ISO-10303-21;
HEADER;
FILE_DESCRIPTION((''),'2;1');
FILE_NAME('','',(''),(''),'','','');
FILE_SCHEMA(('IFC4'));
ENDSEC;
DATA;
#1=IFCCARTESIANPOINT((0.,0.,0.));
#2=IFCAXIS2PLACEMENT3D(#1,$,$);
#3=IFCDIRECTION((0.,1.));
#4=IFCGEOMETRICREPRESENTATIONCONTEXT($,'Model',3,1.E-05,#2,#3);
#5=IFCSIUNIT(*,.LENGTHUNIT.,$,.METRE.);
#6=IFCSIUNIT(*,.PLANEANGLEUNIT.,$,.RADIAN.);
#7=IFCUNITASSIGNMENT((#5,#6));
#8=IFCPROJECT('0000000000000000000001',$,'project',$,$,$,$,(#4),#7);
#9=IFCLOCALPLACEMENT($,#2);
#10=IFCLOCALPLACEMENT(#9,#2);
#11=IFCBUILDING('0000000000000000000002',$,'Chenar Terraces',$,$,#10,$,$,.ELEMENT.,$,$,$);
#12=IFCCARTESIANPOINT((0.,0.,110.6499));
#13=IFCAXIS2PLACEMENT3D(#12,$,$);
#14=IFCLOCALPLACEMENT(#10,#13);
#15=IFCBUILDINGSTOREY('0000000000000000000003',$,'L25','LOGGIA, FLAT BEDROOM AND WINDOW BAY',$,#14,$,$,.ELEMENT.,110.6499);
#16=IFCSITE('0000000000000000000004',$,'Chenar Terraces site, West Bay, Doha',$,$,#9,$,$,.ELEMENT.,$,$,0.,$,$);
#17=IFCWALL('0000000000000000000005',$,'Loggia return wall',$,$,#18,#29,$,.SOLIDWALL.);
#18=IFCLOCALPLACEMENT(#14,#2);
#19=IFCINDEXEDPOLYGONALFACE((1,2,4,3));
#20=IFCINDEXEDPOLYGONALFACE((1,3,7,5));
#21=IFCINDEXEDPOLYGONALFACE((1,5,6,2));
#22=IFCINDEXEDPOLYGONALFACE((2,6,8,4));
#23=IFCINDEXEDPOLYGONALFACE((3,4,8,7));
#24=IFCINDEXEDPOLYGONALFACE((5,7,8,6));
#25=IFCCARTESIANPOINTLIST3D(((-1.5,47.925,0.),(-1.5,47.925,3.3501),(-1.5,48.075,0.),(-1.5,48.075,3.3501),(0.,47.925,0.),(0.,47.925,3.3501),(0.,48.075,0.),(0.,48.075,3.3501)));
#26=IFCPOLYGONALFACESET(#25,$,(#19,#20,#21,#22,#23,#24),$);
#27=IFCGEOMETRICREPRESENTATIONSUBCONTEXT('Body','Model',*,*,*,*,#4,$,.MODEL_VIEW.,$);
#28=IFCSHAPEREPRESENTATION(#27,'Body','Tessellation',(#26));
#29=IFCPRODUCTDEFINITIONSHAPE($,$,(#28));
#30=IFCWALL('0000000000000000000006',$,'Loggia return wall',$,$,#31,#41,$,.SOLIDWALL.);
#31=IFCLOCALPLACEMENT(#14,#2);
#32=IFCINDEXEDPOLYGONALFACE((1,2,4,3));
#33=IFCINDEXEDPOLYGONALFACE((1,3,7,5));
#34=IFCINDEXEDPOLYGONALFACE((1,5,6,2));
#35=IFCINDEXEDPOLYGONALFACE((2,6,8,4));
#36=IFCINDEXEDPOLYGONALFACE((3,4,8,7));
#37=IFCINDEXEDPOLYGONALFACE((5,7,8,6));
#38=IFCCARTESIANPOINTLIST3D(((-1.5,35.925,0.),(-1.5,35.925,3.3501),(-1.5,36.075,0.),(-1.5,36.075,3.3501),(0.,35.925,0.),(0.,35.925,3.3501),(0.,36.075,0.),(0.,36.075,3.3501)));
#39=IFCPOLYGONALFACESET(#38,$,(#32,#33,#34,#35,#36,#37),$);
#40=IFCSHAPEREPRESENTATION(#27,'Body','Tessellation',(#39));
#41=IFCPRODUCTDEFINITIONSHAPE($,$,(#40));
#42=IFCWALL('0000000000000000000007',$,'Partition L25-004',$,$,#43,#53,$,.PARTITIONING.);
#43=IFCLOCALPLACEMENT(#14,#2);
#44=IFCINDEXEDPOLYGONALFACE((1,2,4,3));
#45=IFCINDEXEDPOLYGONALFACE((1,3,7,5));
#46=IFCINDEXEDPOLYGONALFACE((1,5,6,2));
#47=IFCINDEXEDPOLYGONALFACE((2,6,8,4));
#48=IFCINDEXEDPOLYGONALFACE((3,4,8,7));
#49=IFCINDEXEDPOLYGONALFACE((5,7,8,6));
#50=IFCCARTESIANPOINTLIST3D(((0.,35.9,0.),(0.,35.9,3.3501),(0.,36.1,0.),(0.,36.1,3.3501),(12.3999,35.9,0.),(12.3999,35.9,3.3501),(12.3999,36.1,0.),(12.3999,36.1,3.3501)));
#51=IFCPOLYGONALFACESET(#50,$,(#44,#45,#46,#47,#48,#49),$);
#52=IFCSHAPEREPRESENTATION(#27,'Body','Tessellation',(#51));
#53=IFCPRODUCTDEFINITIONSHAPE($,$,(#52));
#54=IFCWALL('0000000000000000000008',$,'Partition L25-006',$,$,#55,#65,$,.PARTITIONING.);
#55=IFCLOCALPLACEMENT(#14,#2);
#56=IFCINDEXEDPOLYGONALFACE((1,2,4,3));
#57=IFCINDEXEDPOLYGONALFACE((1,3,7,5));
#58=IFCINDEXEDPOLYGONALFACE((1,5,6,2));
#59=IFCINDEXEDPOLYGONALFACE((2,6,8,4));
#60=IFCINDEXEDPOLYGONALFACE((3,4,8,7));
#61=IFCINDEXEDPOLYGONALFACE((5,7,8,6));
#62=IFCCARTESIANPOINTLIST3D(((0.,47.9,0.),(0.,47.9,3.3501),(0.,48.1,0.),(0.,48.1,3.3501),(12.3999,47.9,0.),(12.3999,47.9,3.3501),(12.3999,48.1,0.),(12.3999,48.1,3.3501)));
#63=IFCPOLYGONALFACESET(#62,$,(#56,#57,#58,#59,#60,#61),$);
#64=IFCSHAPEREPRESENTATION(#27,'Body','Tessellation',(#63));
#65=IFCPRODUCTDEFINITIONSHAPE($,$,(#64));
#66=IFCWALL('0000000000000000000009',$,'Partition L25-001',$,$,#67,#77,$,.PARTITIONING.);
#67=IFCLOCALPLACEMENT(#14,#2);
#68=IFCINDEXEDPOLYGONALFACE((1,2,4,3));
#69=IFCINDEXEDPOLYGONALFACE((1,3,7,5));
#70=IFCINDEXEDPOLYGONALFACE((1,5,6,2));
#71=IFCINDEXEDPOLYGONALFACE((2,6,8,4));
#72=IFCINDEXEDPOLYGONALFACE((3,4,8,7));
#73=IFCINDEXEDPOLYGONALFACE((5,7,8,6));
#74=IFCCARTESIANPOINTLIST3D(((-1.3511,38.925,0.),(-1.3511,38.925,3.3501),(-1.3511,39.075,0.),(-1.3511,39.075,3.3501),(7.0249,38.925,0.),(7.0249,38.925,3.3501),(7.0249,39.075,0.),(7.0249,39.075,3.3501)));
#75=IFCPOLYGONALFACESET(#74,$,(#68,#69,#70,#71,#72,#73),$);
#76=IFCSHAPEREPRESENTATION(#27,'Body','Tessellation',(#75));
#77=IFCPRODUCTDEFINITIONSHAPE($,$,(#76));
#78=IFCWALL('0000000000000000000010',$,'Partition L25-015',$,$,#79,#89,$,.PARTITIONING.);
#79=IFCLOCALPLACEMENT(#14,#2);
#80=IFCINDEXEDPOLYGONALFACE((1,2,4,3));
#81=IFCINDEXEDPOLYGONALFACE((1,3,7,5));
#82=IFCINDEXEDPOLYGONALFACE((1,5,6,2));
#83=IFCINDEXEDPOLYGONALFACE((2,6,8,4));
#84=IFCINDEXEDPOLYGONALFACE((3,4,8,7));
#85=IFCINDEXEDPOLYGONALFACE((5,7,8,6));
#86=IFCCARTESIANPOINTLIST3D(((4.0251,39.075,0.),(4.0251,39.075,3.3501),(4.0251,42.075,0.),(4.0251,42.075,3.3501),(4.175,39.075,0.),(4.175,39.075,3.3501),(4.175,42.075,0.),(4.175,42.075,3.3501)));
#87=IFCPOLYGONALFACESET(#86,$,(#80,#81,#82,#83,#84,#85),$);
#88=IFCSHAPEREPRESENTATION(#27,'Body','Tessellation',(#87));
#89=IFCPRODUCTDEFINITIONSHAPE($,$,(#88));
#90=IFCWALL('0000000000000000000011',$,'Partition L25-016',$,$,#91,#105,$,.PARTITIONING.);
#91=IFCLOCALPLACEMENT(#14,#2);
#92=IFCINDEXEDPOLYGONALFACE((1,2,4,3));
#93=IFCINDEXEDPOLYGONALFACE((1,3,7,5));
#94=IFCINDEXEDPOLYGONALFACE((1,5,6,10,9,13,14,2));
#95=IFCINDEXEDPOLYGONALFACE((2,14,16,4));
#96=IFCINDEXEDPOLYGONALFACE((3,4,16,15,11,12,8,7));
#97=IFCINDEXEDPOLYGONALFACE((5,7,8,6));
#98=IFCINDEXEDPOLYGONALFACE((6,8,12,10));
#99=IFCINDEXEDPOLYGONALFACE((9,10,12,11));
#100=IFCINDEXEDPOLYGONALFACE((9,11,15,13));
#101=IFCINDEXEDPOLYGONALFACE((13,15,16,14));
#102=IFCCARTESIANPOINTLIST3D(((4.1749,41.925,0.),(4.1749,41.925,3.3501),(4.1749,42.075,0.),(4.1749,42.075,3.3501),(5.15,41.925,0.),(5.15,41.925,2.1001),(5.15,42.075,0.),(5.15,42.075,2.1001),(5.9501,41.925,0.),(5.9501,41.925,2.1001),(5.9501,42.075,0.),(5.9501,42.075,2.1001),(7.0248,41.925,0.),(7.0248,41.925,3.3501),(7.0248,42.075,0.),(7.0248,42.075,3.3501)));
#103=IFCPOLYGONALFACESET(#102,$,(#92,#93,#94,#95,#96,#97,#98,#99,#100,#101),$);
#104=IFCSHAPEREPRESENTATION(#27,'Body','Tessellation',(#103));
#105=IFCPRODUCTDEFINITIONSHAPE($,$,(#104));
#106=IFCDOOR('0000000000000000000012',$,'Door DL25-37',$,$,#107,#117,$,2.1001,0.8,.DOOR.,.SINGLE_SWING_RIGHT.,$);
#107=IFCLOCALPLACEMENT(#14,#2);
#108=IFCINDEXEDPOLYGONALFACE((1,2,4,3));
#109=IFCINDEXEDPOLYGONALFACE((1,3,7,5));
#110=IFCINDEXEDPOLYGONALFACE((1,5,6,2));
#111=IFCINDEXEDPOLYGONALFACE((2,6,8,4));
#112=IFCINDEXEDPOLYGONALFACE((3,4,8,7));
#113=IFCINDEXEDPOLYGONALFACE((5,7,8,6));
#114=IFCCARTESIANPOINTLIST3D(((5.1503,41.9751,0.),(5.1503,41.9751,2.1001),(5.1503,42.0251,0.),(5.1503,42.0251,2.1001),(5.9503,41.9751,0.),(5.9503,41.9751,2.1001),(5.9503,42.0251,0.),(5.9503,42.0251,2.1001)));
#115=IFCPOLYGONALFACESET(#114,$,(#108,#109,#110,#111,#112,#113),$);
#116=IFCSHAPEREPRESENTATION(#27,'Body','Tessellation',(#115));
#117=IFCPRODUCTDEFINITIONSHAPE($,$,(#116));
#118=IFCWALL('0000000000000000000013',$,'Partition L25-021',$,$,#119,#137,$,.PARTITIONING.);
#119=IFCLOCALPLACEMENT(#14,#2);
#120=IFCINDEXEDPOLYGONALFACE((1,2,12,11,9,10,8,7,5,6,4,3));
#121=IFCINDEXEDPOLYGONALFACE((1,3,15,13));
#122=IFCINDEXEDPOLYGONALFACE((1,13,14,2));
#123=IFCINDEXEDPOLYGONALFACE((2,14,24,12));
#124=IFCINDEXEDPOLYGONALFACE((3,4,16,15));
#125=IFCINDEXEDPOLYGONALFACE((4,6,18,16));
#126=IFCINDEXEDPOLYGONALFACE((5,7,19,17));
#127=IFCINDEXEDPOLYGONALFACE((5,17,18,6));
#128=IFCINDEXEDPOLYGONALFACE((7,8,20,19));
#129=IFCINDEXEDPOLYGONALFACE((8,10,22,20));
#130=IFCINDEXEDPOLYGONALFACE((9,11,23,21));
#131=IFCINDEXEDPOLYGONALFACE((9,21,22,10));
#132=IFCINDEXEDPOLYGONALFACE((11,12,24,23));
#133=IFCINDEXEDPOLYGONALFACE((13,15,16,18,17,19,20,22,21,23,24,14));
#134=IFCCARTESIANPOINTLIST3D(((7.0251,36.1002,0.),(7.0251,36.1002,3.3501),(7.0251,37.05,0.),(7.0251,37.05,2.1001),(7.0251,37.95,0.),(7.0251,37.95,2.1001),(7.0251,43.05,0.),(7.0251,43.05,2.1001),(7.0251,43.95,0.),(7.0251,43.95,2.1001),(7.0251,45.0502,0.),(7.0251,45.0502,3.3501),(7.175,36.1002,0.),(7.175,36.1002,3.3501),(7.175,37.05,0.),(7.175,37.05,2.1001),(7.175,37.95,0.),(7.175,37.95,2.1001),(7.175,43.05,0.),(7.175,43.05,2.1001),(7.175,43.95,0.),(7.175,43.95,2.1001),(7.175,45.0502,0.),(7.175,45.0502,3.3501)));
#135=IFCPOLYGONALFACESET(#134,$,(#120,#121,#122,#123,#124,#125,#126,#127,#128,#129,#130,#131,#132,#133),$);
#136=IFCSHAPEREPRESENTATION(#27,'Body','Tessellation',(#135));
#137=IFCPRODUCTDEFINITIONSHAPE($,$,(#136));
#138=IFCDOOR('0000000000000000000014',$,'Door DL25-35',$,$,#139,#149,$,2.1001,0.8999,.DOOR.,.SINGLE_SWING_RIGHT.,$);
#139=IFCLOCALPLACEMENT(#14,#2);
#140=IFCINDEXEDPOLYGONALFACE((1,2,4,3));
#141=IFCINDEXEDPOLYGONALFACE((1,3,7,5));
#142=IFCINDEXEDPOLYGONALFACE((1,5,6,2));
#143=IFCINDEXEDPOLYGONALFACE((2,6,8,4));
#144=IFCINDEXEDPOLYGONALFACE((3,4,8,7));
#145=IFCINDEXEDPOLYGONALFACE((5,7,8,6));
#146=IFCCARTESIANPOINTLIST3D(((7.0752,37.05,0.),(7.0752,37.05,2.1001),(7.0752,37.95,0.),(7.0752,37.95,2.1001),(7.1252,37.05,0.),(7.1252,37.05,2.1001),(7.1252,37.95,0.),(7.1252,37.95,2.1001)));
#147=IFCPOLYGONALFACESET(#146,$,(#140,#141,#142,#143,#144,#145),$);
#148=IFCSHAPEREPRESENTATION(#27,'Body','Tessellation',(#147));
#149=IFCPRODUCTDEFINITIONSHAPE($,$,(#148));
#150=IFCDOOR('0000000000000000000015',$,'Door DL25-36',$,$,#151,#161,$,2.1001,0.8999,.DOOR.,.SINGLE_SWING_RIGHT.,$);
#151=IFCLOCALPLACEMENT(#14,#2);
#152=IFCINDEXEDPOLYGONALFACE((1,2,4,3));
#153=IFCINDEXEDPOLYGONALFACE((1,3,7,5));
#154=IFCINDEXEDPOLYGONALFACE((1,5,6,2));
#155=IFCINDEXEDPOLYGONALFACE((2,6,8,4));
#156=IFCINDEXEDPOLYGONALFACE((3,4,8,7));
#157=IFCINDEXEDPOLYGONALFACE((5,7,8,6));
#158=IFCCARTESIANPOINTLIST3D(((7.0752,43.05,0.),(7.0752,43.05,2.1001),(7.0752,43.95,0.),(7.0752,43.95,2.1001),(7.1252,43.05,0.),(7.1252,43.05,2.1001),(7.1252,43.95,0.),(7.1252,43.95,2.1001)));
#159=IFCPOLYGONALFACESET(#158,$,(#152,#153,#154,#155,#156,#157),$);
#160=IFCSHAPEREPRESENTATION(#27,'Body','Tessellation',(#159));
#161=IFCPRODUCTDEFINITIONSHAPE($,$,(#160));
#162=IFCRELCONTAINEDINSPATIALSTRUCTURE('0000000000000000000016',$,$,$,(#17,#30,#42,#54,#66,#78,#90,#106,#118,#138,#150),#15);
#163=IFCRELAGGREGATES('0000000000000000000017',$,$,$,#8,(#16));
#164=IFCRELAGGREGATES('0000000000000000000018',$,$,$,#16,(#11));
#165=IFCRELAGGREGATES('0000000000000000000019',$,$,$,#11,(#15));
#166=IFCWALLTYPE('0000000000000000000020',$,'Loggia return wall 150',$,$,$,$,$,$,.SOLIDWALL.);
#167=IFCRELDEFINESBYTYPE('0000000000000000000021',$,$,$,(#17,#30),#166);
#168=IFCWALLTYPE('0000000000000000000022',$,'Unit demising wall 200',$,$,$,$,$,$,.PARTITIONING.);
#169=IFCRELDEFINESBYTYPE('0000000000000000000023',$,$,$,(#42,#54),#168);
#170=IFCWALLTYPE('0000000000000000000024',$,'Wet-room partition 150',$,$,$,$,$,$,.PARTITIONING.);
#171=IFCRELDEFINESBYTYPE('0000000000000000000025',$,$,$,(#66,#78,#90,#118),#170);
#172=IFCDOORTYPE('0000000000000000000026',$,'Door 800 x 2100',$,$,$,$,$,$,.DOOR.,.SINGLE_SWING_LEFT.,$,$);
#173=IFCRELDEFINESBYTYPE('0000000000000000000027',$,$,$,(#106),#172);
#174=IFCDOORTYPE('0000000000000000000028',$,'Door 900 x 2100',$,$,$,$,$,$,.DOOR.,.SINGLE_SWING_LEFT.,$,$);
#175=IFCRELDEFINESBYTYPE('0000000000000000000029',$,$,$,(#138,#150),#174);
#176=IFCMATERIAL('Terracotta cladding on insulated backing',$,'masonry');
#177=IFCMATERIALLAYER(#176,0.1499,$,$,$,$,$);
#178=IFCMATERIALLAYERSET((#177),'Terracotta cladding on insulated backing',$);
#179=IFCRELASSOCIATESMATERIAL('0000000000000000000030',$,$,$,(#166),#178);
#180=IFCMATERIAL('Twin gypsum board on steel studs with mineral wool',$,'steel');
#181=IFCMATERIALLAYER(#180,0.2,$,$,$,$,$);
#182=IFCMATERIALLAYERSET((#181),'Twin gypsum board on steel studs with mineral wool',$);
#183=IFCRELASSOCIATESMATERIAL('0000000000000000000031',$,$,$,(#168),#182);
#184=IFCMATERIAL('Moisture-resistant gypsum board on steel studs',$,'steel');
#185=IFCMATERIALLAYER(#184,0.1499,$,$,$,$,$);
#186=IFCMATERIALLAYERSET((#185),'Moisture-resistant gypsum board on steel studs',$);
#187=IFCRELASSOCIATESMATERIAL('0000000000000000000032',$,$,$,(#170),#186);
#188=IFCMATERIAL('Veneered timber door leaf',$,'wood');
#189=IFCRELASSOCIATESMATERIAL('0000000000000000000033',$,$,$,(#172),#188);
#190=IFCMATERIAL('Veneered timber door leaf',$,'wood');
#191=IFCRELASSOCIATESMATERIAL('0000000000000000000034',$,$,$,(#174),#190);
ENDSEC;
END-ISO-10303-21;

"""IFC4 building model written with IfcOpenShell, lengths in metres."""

from ifc_helpers import new_model, si_unit, direction, frame, frame_2d, origin, place, context, subcontext, project, spatial, rectangle, extrude, material, layer, layer_set, type_object, element, fill, save


model = new_model("IFC4")

# Units and contexts
model_context = context("Model", 3, precision=1e-05, world=origin(), true_north=direction((0.0, 1.0)))
body_context = subcontext(model_context, "Body", "Model", "MODEL_VIEW")
ifc_project = project(units=[si_unit("LENGTHUNIT", "METRE"), si_unit("PLANEANGLEUNIT", "RADIAN")], contexts=[model_context])

# Site, building, storey
site_placement = place(None, origin())
site = spatial("IfcSite", under=ifc_project, at=site_placement, Name="Chenar Terraces site, West Bay, Doha", CompositionType="ELEMENT", RefElevation=0.0)
building_placement = place(site_placement, origin())
building = spatial("IfcBuilding", under=site, at=building_placement, Name="Chenar Terraces", CompositionType="ELEMENT")
storey_placement = place(building_placement, frame((0.0, 0.0, 110.6499)))
storey = spatial("IfcBuildingStorey", under=building, at=storey_placement, Name="L25", Description="LOGGIA, FLAT BEDROOM AND WINDOW BAY", CompositionType="ELEMENT", Elevation=110.6499)

# Shared definitions
placement_1 = place(storey_placement, frame((0.0, 36.0, 0.0), z_axis=(0.0, 0.0, 1.0), x_axis=(1.0, 0.0, 0.0)))

# Walls
ifc_material_1 = material(Name="Terracotta cladding on insulated backing", Category="masonry")
ifc_layer_1 = layer(ifc_material_1, 0.1499)
ifc_layer_set_1 = layer_set([ifc_layer_1], Name="Terracotta cladding on insulated backing")
wall_type_1 = type_object("IfcWallType", Name="Loggia return wall 150", PredefinedType="SOLIDWALL", material=ifc_layer_set_1)
for number, where, z_axis, x_axis, name in (
    (1, (-1.5, 48.0, 0.0), (0.0, 0.0, 1.0), (1.0, 0.0, 0.0), "Loggia return wall"),
    (2, (-1.5, 36.0, 0.0), (0.0, 0.0, 1.0), (1.0, 0.0, 0.0), "Loggia return wall"),
):
    element("IfcWall", number, at=place(storey_placement, frame(where, z_axis=z_axis, x_axis=x_axis)), inside=storey, type_object=wall_type_1, Name=name, PredefinedType="SOLIDWALL", context=body_context, shape_type="SweptSolid", body=[
        extrude(rectangle(XDim=1.5, YDim=0.1499, at=frame_2d((0.75, 0.0))), origin(), (0.0, 0.0, 1.0), 3.3501),
    ])
ifc_material_2 = material(Name="Twin gypsum board on steel studs with mineral wool", Category="steel")
ifc_layer_2 = layer(ifc_material_2, 0.2)
ifc_layer_set_2 = layer_set([ifc_layer_2], Name="Twin gypsum board on steel studs with mineral wool")
wall_type_2 = type_object("IfcWallType", Name="Unit demising wall 200", PredefinedType="PARTITIONING", material=ifc_layer_set_2)
element("IfcWall", 3, at=placement_1, inside=storey, type_object=wall_type_2, Name="Partition L25-004", PredefinedType="PARTITIONING", context=body_context, shape_type="SweptSolid", body=[
    extrude(rectangle(XDim=12.3999, YDim=0.2, at=frame_2d((6.2, 0.0))), origin(), (0.0, 0.0, 1.0), 3.3501),
])
wall_1_placement = place(storey_placement, frame((0.0, 48.0, 0.0), z_axis=(0.0, 0.0, 1.0), x_axis=(1.0, 0.0, 0.0)))
element("IfcWall", 4, at=wall_1_placement, inside=storey, type_object=wall_type_2, Name="Partition L25-006", PredefinedType="PARTITIONING", context=body_context, shape_type="SweptSolid", body=[
    extrude(rectangle(XDim=12.3999, YDim=0.2, at=frame_2d((6.2, 0.0))), origin(), (0.0, 0.0, 1.0), 3.3501),
])
ifc_material_3 = material(Name="Moisture-resistant gypsum board on steel studs", Category="steel")
ifc_layer_3 = layer(ifc_material_3, 0.1499)
ifc_layer_set_3 = layer_set([ifc_layer_3], Name="Moisture-resistant gypsum board on steel studs")
wall_type_3 = type_object("IfcWallType", Name="Wet-room partition 150", PredefinedType="PARTITIONING", material=ifc_layer_set_3)
wall_2_placement = place(storey_placement, frame((-1.3511, 39.0, 0.0), z_axis=(0.0, 0.0, 1.0), x_axis=(1.0, 0.0, 0.0)))
element("IfcWall", 5, at=wall_2_placement, inside=storey, type_object=wall_type_3, Name="Partition L25-001", PredefinedType="PARTITIONING", context=body_context, shape_type="SweptSolid", body=[
    extrude(rectangle(XDim=8.376, YDim=0.1499, at=frame_2d((4.188, 0.0))), origin(), (0.0, 0.0, 1.0), 3.3501),
])
wall_3_placement = place(storey_placement, frame((4.1001, 39.075, 0.0), z_axis=(0.0, 0.0, 1.0), x_axis=(0.0, 1.0, 0.0)))
element("IfcWall", 6, at=wall_3_placement, inside=storey, type_object=wall_type_3, Name="Partition L25-015", PredefinedType="PARTITIONING", context=body_context, shape_type="SweptSolid", body=[
    extrude(rectangle(XDim=3.0, YDim=0.1499, at=frame_2d((1.5, 0.0))), origin(), (0.0, 0.0, 1.0), 3.3501),
])

# Wall, opening, door
wall_4_placement = place(storey_placement, frame((4.175, 42.0, 0.0), z_axis=(0.0, 0.0, 1.0), x_axis=(1.0, 0.0, 0.0)))
wall_4 = element("IfcWall", 7, at=wall_4_placement, inside=storey, type_object=wall_type_3, Name="Partition L25-016", PredefinedType="PARTITIONING", context=body_context, shape_type="SweptSolid", body=[
    extrude(rectangle(XDim=2.8499, YDim=0.1499, at=frame_2d((1.4248, 0.0))), origin(), (0.0, 0.0, 1.0), 3.3501),
])
opening_1_placement = place(wall_4_placement, frame((0.9751, 0.0, 0.0)))
opening_1 = element("IfcOpeningElement", 8, at=opening_1_placement, cuts=wall_4, PredefinedType="OPENING", context=body_context, shape_type="SweptSolid", body=[
    extrude(rectangle(XDim=0.8, YDim=2.1001, at=frame_2d((0.3999, 1.05))), frame((0.0, 0.085, 0.0), z_axis=(0.0, -1.0, 0.0), x_axis=(1.0, 0.0, 0.0)), (0.0, 0.0, 1.0), 0.1699),
])
ifc_material_4 = material(Name="Veneered timber door leaf", Category="wood")
door_type_1 = type_object("IfcDoorType", Name="Door 800 x 2100", OperationType="SINGLE_SWING_LEFT", PredefinedType="DOOR", material=ifc_material_4)
door_1_placement = place(opening_1_placement, frame((0.8, 0.0, 0.0), z_axis=(0.0, 0.0, 1.0), x_axis=(-1.0, 0.0, 0.0)))
door_1 = element("IfcDoor", 9, at=door_1_placement, inside=storey, type_object=door_type_1, Name="Door DL25-37", OperationType="SINGLE_SWING_RIGHT", OverallHeight=2.1001, OverallWidth=0.8, PredefinedType="DOOR", context=body_context, shape_type="SweptSolid", body=[
    extrude(rectangle(XDim=0.8, YDim=2.1001, at=frame_2d((0.3999, 1.05))), frame((0.0, 0.0249, 0.0), z_axis=(0.0, -1.0, 0.0), x_axis=(1.0, 0.0, 0.0)), (0.0, 0.0, 1.0), 0.05),
])
fill(opening_1, door_1)

# Wall, openings, doors
wall_5_placement = place(storey_placement, frame((7.1001, 36.1001, 0.0), z_axis=(0.0, 0.0, 1.0), x_axis=(0.0, 1.0, 0.0)))
wall_5 = element("IfcWall", 10, at=wall_5_placement, inside=storey, type_object=wall_type_3, Name="Partition L25-021", PredefinedType="PARTITIONING", context=body_context, shape_type="SweptSolid", body=[
    extrude(rectangle(XDim=8.95, YDim=0.1499, at=frame_2d((4.4751, 0.0))), origin(), (0.0, 0.0, 1.0), 3.3501),
])
opening_2_placement = place(wall_5_placement, frame((0.95, 0.0, 0.0)))
opening_2 = element("IfcOpeningElement", 11, at=opening_2_placement, cuts=wall_5, PredefinedType="OPENING", context=body_context, shape_type="SweptSolid", body=[
    extrude(rectangle(XDim=0.8999, YDim=2.1001, at=frame_2d((0.45, 1.05))), frame((0.0, 0.085, 0.0), z_axis=(0.0, -1.0, 0.0), x_axis=(1.0, 0.0, 0.0)), (0.0, 0.0, 1.0), 0.1699),
])
opening_3_placement = place(wall_5_placement, frame((6.95, 0.0, 0.0)))
opening_3 = element("IfcOpeningElement", 12, at=opening_3_placement, cuts=wall_5, PredefinedType="OPENING", context=body_context, shape_type="SweptSolid", body=[
    extrude(rectangle(XDim=0.8999, YDim=2.1001, at=frame_2d((0.45, 1.05))), frame((0.0, 0.085, 0.0), z_axis=(0.0, -1.0, 0.0), x_axis=(1.0, 0.0, 0.0)), (0.0, 0.0, 1.0), 0.1699),
])
ifc_material_5 = material(Name="Veneered timber door leaf", Category="wood")
door_type_2 = type_object("IfcDoorType", Name="Door 900 x 2100", OperationType="SINGLE_SWING_LEFT", PredefinedType="DOOR", material=ifc_material_5)
door_2_placement = place(opening_2_placement, origin())
door_2 = element("IfcDoor", 13, at=door_2_placement, inside=storey, type_object=door_type_2, Name="Door DL25-35", OperationType="SINGLE_SWING_RIGHT", OverallHeight=2.1001, OverallWidth=0.8999, PredefinedType="DOOR", context=body_context, shape_type="SweptSolid", body=[
    extrude(rectangle(XDim=0.8999, YDim=2.1001, at=frame_2d((0.45, 1.05))), frame((0.0, 0.0249, 0.0), z_axis=(0.0, -1.0, 0.0), x_axis=(1.0, 0.0, 0.0)), (0.0, 0.0, 1.0), 0.05),
])
fill(opening_2, door_2)
door_3_placement = place(opening_3_placement, origin())
door_3 = element("IfcDoor", 14, at=door_3_placement, inside=storey, type_object=door_type_2, Name="Door DL25-36", OperationType="SINGLE_SWING_RIGHT", OverallHeight=2.1001, OverallWidth=0.8999, PredefinedType="DOOR", context=body_context, shape_type="SweptSolid", body=[
    extrude(rectangle(XDim=0.8999, YDim=2.1001, at=frame_2d((0.45, 1.05))), frame((0.0, 0.0249, 0.0), z_axis=(0.0, -1.0, 0.0), x_axis=(1.0, 0.0, 0.0)), (0.0, 0.0, 1.0), 0.05),
])
fill(opening_3, door_3)

save(model, "model.ifc")
